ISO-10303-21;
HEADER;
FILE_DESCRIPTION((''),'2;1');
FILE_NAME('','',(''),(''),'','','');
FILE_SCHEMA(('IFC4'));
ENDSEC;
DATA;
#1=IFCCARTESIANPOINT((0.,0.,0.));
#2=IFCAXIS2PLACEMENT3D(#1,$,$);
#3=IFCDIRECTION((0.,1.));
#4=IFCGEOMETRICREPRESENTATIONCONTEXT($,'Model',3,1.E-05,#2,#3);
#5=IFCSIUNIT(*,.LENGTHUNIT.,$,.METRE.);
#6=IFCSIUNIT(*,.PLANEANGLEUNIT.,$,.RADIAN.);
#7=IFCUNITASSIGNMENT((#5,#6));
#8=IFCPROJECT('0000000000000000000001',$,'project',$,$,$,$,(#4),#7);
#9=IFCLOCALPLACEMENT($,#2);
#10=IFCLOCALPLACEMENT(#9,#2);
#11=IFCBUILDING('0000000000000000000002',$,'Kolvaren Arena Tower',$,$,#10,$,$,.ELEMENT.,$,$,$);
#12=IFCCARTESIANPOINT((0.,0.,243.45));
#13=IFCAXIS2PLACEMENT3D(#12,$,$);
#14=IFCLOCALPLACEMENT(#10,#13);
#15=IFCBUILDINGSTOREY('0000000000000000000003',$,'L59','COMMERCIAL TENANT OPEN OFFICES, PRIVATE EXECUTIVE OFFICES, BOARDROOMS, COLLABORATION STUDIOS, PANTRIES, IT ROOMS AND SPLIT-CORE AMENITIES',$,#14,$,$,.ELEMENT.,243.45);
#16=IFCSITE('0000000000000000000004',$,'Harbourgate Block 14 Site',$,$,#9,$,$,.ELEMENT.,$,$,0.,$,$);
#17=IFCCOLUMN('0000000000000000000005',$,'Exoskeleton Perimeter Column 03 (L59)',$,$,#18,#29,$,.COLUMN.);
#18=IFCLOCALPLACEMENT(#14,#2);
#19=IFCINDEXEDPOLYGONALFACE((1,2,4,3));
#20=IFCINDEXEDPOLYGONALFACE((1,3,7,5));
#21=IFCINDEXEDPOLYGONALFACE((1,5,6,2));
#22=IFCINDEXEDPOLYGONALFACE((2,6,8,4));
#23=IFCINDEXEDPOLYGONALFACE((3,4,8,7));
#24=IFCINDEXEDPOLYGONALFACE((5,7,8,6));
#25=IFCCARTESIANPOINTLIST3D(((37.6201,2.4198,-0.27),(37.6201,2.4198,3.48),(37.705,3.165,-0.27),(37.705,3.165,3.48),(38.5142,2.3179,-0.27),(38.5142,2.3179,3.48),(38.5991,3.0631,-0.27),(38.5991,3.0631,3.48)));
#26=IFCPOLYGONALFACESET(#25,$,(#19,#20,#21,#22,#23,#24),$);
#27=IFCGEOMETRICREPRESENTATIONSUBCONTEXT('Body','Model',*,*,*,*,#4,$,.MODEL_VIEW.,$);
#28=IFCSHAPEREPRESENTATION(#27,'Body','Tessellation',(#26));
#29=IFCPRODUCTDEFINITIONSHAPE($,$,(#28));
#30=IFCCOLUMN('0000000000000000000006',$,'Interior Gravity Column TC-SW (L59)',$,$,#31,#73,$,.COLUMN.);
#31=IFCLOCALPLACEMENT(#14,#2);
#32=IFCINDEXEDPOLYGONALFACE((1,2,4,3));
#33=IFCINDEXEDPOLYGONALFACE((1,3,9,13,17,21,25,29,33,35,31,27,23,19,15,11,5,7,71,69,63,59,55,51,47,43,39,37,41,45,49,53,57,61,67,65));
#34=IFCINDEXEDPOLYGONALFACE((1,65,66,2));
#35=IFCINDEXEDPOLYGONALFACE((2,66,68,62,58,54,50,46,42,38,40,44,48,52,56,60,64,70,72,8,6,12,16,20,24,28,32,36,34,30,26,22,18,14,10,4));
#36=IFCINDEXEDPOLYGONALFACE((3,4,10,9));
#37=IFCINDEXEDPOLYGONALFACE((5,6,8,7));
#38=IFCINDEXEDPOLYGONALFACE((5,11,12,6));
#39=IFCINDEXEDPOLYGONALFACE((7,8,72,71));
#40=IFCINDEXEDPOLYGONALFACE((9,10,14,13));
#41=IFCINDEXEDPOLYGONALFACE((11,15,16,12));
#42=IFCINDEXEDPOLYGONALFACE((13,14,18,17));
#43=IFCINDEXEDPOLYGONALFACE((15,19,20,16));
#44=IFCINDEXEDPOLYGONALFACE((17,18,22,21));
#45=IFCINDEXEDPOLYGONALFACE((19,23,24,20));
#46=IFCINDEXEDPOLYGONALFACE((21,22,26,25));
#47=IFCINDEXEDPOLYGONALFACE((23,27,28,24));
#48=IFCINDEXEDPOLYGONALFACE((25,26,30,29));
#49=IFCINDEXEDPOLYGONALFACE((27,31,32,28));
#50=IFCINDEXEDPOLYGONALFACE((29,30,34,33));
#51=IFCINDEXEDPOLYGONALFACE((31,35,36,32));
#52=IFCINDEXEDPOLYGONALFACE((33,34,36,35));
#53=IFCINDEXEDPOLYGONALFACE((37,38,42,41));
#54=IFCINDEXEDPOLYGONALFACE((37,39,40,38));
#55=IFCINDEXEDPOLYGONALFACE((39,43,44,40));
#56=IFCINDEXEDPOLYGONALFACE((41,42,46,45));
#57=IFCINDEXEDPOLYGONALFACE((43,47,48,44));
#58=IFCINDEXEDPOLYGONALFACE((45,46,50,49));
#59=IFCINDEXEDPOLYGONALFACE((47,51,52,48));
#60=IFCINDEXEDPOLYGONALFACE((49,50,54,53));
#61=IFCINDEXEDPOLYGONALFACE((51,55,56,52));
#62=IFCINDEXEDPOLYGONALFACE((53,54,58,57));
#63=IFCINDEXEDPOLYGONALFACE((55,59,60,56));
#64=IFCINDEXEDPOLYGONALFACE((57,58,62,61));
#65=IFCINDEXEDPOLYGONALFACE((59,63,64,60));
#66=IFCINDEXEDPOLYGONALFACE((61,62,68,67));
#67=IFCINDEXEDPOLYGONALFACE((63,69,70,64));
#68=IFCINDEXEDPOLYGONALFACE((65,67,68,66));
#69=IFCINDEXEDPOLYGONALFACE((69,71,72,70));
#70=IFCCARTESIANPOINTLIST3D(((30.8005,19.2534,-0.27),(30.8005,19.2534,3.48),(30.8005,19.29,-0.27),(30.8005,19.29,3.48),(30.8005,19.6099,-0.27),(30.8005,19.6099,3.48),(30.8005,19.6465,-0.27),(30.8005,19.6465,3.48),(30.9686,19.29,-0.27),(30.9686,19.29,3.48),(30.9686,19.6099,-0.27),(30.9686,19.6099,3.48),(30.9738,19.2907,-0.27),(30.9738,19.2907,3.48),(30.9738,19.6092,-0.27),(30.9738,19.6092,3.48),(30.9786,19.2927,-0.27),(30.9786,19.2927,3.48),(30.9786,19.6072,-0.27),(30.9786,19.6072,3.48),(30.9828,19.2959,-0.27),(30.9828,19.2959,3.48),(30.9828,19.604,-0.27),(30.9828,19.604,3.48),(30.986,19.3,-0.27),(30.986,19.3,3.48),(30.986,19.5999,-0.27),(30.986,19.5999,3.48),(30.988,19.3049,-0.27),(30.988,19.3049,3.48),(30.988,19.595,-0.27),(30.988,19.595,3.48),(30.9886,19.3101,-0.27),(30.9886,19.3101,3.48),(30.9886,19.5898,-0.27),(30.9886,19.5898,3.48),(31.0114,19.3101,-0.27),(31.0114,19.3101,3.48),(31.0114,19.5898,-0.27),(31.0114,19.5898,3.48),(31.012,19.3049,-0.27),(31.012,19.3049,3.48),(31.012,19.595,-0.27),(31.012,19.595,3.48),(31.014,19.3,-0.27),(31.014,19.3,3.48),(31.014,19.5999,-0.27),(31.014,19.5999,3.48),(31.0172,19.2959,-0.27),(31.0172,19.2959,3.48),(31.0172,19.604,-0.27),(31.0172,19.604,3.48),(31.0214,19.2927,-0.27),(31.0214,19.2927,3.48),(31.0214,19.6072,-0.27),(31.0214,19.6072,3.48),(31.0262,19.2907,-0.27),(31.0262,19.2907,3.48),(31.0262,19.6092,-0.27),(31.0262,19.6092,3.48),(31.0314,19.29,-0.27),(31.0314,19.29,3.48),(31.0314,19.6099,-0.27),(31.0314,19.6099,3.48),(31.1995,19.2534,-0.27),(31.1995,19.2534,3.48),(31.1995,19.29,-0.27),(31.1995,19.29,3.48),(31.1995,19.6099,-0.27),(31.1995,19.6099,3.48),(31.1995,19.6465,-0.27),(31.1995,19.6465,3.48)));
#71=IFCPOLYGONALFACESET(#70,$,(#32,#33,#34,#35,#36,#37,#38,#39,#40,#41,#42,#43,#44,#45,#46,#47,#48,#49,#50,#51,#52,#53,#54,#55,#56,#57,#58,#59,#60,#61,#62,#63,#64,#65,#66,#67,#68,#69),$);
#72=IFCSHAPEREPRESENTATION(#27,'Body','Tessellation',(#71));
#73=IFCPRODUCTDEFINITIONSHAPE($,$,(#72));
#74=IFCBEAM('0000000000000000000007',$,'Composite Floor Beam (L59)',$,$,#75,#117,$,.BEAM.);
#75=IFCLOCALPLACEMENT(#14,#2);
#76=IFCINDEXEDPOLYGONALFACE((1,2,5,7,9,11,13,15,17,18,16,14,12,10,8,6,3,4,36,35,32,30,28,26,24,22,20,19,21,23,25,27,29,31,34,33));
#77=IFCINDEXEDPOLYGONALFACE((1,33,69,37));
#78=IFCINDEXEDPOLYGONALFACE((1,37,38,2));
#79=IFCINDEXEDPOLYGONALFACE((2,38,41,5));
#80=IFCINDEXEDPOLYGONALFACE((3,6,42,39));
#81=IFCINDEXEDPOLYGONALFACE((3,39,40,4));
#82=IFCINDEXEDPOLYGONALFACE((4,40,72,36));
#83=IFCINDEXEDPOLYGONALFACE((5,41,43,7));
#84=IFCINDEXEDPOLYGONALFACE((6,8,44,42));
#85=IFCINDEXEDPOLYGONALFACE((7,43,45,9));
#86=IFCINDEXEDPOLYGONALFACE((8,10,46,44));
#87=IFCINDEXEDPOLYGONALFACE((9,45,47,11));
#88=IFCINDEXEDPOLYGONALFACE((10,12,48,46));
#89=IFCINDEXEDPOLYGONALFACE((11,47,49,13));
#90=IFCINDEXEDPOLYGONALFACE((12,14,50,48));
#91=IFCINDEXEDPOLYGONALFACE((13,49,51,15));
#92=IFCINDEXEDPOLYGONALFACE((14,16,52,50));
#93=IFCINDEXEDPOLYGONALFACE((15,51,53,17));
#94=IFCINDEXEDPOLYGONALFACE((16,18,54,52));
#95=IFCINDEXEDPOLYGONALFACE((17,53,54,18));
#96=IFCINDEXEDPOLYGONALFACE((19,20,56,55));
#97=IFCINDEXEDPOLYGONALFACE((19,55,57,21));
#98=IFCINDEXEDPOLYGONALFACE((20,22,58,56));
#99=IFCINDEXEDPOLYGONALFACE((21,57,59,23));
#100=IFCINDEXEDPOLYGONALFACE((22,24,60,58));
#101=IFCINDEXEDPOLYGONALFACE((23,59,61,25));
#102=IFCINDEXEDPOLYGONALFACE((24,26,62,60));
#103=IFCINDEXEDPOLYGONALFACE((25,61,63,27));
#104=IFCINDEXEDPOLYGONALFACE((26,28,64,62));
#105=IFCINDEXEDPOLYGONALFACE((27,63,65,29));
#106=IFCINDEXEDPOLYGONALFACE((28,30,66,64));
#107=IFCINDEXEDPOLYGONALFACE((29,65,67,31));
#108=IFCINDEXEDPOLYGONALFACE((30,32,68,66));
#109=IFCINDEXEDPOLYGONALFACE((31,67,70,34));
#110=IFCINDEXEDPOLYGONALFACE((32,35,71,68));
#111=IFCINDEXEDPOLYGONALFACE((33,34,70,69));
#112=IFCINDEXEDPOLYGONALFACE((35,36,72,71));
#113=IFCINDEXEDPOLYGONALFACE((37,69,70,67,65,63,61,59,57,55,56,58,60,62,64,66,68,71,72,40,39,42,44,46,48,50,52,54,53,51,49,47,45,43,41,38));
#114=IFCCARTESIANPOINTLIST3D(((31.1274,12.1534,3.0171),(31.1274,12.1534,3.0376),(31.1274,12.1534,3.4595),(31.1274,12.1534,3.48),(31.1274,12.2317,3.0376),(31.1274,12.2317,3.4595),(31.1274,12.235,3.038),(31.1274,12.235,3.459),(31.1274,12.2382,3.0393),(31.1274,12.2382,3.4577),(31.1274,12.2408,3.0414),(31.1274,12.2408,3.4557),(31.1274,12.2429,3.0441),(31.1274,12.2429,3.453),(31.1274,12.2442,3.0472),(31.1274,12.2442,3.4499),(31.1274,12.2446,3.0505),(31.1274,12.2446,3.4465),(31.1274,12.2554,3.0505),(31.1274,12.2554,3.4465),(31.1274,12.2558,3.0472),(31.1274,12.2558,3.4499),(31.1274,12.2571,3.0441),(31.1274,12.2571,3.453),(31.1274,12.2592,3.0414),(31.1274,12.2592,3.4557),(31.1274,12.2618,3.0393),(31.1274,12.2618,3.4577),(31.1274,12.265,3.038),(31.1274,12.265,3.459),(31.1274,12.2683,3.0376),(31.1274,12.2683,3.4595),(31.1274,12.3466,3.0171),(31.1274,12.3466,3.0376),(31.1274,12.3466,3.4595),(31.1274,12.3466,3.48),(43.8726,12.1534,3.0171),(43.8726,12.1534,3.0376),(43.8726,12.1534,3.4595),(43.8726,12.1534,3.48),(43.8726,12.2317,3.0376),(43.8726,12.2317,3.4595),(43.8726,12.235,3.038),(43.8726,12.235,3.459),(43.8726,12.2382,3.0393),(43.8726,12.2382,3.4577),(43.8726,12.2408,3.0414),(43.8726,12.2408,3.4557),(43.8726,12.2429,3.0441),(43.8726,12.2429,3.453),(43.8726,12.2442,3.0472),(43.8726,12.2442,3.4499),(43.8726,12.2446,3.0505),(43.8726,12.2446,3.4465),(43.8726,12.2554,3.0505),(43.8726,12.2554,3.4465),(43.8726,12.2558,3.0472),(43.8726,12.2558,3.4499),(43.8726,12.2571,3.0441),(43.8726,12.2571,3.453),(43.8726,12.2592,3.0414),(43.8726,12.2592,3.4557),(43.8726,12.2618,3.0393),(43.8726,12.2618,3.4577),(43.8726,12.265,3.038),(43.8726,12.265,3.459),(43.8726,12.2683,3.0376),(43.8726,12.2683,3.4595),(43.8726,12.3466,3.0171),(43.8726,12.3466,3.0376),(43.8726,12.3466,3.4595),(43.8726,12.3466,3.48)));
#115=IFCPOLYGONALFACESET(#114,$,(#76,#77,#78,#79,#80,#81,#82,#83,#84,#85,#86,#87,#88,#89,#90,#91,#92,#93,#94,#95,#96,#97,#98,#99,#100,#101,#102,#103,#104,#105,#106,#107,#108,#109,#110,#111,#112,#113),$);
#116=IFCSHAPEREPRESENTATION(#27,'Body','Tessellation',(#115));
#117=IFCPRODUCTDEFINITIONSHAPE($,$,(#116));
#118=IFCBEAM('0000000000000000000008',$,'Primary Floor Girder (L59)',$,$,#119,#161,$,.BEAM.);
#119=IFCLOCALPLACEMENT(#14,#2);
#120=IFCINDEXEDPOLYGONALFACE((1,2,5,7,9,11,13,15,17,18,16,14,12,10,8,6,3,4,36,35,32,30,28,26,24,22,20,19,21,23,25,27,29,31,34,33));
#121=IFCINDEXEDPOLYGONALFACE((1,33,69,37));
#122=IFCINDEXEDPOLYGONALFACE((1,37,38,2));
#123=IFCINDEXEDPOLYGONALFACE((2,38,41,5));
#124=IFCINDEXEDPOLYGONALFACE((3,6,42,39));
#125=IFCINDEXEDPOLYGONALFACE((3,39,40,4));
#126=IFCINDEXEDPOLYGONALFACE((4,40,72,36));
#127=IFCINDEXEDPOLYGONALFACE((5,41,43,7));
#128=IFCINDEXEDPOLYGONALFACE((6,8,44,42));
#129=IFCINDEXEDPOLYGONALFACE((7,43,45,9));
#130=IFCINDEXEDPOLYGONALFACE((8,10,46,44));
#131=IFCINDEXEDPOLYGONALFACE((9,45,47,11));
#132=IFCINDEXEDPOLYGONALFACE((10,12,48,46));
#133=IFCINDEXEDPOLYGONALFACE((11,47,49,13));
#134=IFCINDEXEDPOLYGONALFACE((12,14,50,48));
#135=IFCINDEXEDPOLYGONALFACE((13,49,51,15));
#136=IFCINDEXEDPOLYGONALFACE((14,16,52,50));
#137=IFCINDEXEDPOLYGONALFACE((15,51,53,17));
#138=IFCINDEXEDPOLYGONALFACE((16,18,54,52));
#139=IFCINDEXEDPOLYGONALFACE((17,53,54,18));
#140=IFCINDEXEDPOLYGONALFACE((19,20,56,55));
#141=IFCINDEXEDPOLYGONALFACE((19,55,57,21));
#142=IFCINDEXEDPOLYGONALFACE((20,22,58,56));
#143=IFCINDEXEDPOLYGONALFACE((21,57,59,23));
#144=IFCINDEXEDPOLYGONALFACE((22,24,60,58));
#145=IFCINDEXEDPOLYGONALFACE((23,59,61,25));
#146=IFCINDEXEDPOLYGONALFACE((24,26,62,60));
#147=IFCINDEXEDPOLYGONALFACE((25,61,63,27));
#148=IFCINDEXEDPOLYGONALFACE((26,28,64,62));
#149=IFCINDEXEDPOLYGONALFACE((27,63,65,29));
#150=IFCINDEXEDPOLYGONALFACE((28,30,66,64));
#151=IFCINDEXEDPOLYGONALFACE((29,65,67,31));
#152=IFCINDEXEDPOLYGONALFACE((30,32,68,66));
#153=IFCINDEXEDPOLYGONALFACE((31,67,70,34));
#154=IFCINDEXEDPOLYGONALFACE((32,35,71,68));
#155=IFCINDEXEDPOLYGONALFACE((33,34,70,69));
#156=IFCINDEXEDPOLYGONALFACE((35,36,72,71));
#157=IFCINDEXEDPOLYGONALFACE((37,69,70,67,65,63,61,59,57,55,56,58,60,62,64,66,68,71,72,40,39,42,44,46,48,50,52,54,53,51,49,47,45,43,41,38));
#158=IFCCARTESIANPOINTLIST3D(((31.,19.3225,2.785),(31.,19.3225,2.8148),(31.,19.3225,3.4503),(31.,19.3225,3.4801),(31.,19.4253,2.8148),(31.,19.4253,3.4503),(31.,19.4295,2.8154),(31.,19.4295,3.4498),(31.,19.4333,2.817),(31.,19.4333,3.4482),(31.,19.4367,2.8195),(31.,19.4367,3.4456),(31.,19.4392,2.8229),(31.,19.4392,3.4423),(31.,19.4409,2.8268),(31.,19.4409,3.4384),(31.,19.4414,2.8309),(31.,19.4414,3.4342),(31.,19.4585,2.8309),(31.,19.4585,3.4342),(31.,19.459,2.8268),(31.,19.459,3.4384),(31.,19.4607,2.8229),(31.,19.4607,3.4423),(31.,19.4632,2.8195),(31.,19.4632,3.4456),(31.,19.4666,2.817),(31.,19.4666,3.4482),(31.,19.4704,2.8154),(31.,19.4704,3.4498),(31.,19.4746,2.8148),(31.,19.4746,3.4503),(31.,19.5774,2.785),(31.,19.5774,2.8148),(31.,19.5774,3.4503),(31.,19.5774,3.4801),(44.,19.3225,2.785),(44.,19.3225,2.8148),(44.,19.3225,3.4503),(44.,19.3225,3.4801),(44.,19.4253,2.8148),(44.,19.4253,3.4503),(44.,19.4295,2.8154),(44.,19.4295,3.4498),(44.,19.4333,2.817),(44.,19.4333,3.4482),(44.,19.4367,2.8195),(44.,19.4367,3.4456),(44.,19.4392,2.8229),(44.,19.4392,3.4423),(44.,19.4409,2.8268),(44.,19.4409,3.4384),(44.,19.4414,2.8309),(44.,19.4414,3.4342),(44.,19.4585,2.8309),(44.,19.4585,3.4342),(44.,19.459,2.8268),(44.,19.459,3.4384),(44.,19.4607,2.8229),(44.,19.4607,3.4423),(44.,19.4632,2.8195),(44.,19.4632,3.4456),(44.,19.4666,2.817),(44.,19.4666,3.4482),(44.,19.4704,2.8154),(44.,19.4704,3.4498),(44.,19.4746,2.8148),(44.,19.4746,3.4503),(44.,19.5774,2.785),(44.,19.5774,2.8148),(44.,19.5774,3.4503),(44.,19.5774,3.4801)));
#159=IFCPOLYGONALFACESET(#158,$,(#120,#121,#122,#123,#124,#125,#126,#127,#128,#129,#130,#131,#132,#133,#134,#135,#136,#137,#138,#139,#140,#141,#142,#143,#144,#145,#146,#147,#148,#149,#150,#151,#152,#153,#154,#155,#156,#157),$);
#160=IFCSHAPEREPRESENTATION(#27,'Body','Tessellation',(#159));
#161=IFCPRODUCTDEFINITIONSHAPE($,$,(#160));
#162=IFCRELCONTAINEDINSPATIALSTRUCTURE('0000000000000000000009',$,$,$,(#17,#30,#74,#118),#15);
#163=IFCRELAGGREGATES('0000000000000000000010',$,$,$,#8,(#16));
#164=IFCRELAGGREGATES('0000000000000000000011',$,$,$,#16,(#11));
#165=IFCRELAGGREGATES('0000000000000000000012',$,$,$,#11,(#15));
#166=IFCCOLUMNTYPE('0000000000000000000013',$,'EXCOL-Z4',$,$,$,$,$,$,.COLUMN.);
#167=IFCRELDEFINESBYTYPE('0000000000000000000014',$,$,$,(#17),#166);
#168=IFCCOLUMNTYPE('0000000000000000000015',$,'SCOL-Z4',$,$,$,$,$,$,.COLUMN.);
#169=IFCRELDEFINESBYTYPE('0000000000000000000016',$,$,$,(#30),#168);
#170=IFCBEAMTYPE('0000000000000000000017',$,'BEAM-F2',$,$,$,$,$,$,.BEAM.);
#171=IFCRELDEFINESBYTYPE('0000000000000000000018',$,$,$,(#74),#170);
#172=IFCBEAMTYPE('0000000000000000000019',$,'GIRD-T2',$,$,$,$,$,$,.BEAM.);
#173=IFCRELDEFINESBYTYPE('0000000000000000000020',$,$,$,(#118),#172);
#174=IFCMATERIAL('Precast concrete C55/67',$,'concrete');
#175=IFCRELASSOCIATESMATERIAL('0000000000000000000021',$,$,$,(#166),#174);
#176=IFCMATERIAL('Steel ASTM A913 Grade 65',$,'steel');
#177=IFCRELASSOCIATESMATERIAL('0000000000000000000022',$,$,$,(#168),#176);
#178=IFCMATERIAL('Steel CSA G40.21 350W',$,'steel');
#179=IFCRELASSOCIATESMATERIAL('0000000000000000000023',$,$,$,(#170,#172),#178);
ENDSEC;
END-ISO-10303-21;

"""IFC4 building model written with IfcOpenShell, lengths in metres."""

from ifc_helpers import new_model, si_unit, direction, frame, origin, origin_2d, place, context, subcontext, project, spatial, rectangle, i_section, extrude, material, material_profile, profile_set, type_object, element, save


model = new_model("IFC4")

# Units and contexts
model_context = context("Model", 3, precision=1e-05, world=origin(), true_north=direction((0.0, 1.0)))
body_context = subcontext(model_context, "Body", "Model", "MODEL_VIEW")
ifc_project = project(units=[si_unit("LENGTHUNIT", "METRE"), si_unit("PLANEANGLEUNIT", "RADIAN")], contexts=[model_context])

# Site, building, storey
site_placement = place(None, origin())
site = spatial("IfcSite", under=ifc_project, at=site_placement, Name="Harbourgate Block 14 Site", CompositionType="ELEMENT", RefElevation=0.0)
building_placement = place(site_placement, origin())
building = spatial("IfcBuilding", under=site, at=building_placement, Name="Kolvaren Arena Tower", CompositionType="ELEMENT")
storey_placement = place(building_placement, frame((0.0, 0.0, 243.45)))
storey = spatial("IfcBuildingStorey", under=building, at=storey_placement, Name="L59", Description="COMMERCIAL TENANT OPEN OFFICES, PRIVATE EXECUTIVE OFFICES, BOARDROOMS, COLLABORATION STUDIOS, PANTRIES, IT ROOMS AND SPLIT-CORE AMENITIES", CompositionType="ELEMENT", Elevation=243.45)

# Columns
ifc_material_1 = material(Name="Precast concrete C55/67", Category="concrete")
ifc_material_profile_1 = material_profile(ifc_material_1, rectangle(XDim=0.8999, YDim=0.75, at=origin_2d()), Name="RC-900x750")
ifc_profile_set_1 = profile_set([ifc_material_profile_1], Name="Precast concrete C55/67")
column_type_1 = type_object("IfcColumnType", Name="EXCOL-Z4", PredefinedType="COLUMN", material=ifc_profile_set_1)
column_1_placement = place(storey_placement, frame((38.1096, 2.7415, -0.27), z_axis=(0.0, 0.0, 1.0), x_axis=(0.993572, -0.113203, 0.0)))
element("IfcColumn", 1, at=column_1_placement, inside=storey, type_object=column_type_1, Name="Exoskeleton Perimeter Column 03 (L59)", PredefinedType="COLUMN", context=body_context, shape_type="SweptSolid", body=[
    extrude(rectangle(XDim=0.8999, YDim=0.75, at=origin_2d()), origin(), (0.0, 0.0, 1.0), 3.75),
])
ifc_material_2 = material(Name="Steel ASTM A913 Grade 65", Category="steel")
ifc_material_profile_2 = material_profile(ifc_material_2, i_section(OverallWidth=0.3989, OverallDepth=0.3931, WebThickness=0.0227, FlangeThickness=0.0366, FilletRadius=0.02, at=origin_2d()), Name="W360x287")
ifc_profile_set_2 = profile_set([ifc_material_profile_2], Name="Steel ASTM A913 Grade 65")
column_type_2 = type_object("IfcColumnType", Name="SCOL-Z4", PredefinedType="COLUMN", material=ifc_profile_set_2)
column_2_placement = place(storey_placement, frame((31.0, 19.45, -0.27), z_axis=(0.0, 0.0, 1.0), x_axis=(1.0, 0.0, 0.0)))
element("IfcColumn", 2, at=column_2_placement, inside=storey, type_object=column_type_2, Name="Interior Gravity Column TC-SW (L59)", PredefinedType="COLUMN", context=body_context, shape_type="SweptSolid", body=[
    extrude(i_section(OverallWidth=0.3989, OverallDepth=0.3931, WebThickness=0.0227, FlangeThickness=0.0366, FilletRadius=0.02, at=origin_2d()), origin(), (0.0, 0.0, 1.0), 3.75),
])

# Beams
ifc_material_3 = material(Name="Steel CSA G40.21 350W", Category="steel")
ifc_material_profile_3 = material_profile(ifc_material_3, i_section(OverallWidth=0.1931, OverallDepth=0.4629, WebThickness=0.0107, FlangeThickness=0.0205, FilletRadius=0.0129, at=origin_2d()), Name="W460x113")
ifc_profile_set_3 = profile_set([ifc_material_profile_3], Name="Steel CSA G40.21 350W")
beam_type_1 = type_object("IfcBeamType", Name="BEAM-F2", PredefinedType="BEAM", material=ifc_profile_set_3)
beam_1_placement = place(storey_placement, frame((31.1274, 12.25, 3.2485), z_axis=(1.0, 0.0, 0.0), x_axis=(0.0, 1.0, 0.0)))
element("IfcBeam", 3, at=beam_1_placement, inside=storey, type_object=beam_type_1, Name="Composite Floor Beam (L59)", PredefinedType="BEAM", context=body_context, shape_type="SweptSolid", body=[
    extrude(i_section(OverallWidth=0.1931, OverallDepth=0.4629, WebThickness=0.0107, FlangeThickness=0.0205, FilletRadius=0.0129, at=origin_2d()), origin(), (0.0, 0.0, 1.0), 12.7451),
])
ifc_material_profile_4 = material_profile(ifc_material_3, i_section(OverallWidth=0.2549, OverallDepth=0.6951, WebThickness=0.0171, FlangeThickness=0.0298, FilletRadius=0.0161, at=origin_2d()), Name="W690x217")
ifc_profile_set_4 = profile_set([ifc_material_profile_4], Name="Steel CSA G40.21 350W")
beam_type_2 = type_object("IfcBeamType", Name="GIRD-T2", PredefinedType="BEAM", material=ifc_profile_set_4)
beam_2_placement = place(storey_placement, frame((31.0, 19.45, 3.1326), z_axis=(1.0, 0.0, 0.0), x_axis=(0.0, 1.0, 0.0)))
element("IfcBeam", 4, at=beam_2_placement, inside=storey, type_object=beam_type_2, Name="Primary Floor Girder (L59)", PredefinedType="BEAM", context=body_context, shape_type="SweptSolid", body=[
    extrude(i_section(OverallWidth=0.2549, OverallDepth=0.6951, WebThickness=0.0171, FlangeThickness=0.0298, FilletRadius=0.0161, at=origin_2d()), origin(), (0.0, 0.0, 1.0), 13.0),
])

save(model, "model.ifc")
